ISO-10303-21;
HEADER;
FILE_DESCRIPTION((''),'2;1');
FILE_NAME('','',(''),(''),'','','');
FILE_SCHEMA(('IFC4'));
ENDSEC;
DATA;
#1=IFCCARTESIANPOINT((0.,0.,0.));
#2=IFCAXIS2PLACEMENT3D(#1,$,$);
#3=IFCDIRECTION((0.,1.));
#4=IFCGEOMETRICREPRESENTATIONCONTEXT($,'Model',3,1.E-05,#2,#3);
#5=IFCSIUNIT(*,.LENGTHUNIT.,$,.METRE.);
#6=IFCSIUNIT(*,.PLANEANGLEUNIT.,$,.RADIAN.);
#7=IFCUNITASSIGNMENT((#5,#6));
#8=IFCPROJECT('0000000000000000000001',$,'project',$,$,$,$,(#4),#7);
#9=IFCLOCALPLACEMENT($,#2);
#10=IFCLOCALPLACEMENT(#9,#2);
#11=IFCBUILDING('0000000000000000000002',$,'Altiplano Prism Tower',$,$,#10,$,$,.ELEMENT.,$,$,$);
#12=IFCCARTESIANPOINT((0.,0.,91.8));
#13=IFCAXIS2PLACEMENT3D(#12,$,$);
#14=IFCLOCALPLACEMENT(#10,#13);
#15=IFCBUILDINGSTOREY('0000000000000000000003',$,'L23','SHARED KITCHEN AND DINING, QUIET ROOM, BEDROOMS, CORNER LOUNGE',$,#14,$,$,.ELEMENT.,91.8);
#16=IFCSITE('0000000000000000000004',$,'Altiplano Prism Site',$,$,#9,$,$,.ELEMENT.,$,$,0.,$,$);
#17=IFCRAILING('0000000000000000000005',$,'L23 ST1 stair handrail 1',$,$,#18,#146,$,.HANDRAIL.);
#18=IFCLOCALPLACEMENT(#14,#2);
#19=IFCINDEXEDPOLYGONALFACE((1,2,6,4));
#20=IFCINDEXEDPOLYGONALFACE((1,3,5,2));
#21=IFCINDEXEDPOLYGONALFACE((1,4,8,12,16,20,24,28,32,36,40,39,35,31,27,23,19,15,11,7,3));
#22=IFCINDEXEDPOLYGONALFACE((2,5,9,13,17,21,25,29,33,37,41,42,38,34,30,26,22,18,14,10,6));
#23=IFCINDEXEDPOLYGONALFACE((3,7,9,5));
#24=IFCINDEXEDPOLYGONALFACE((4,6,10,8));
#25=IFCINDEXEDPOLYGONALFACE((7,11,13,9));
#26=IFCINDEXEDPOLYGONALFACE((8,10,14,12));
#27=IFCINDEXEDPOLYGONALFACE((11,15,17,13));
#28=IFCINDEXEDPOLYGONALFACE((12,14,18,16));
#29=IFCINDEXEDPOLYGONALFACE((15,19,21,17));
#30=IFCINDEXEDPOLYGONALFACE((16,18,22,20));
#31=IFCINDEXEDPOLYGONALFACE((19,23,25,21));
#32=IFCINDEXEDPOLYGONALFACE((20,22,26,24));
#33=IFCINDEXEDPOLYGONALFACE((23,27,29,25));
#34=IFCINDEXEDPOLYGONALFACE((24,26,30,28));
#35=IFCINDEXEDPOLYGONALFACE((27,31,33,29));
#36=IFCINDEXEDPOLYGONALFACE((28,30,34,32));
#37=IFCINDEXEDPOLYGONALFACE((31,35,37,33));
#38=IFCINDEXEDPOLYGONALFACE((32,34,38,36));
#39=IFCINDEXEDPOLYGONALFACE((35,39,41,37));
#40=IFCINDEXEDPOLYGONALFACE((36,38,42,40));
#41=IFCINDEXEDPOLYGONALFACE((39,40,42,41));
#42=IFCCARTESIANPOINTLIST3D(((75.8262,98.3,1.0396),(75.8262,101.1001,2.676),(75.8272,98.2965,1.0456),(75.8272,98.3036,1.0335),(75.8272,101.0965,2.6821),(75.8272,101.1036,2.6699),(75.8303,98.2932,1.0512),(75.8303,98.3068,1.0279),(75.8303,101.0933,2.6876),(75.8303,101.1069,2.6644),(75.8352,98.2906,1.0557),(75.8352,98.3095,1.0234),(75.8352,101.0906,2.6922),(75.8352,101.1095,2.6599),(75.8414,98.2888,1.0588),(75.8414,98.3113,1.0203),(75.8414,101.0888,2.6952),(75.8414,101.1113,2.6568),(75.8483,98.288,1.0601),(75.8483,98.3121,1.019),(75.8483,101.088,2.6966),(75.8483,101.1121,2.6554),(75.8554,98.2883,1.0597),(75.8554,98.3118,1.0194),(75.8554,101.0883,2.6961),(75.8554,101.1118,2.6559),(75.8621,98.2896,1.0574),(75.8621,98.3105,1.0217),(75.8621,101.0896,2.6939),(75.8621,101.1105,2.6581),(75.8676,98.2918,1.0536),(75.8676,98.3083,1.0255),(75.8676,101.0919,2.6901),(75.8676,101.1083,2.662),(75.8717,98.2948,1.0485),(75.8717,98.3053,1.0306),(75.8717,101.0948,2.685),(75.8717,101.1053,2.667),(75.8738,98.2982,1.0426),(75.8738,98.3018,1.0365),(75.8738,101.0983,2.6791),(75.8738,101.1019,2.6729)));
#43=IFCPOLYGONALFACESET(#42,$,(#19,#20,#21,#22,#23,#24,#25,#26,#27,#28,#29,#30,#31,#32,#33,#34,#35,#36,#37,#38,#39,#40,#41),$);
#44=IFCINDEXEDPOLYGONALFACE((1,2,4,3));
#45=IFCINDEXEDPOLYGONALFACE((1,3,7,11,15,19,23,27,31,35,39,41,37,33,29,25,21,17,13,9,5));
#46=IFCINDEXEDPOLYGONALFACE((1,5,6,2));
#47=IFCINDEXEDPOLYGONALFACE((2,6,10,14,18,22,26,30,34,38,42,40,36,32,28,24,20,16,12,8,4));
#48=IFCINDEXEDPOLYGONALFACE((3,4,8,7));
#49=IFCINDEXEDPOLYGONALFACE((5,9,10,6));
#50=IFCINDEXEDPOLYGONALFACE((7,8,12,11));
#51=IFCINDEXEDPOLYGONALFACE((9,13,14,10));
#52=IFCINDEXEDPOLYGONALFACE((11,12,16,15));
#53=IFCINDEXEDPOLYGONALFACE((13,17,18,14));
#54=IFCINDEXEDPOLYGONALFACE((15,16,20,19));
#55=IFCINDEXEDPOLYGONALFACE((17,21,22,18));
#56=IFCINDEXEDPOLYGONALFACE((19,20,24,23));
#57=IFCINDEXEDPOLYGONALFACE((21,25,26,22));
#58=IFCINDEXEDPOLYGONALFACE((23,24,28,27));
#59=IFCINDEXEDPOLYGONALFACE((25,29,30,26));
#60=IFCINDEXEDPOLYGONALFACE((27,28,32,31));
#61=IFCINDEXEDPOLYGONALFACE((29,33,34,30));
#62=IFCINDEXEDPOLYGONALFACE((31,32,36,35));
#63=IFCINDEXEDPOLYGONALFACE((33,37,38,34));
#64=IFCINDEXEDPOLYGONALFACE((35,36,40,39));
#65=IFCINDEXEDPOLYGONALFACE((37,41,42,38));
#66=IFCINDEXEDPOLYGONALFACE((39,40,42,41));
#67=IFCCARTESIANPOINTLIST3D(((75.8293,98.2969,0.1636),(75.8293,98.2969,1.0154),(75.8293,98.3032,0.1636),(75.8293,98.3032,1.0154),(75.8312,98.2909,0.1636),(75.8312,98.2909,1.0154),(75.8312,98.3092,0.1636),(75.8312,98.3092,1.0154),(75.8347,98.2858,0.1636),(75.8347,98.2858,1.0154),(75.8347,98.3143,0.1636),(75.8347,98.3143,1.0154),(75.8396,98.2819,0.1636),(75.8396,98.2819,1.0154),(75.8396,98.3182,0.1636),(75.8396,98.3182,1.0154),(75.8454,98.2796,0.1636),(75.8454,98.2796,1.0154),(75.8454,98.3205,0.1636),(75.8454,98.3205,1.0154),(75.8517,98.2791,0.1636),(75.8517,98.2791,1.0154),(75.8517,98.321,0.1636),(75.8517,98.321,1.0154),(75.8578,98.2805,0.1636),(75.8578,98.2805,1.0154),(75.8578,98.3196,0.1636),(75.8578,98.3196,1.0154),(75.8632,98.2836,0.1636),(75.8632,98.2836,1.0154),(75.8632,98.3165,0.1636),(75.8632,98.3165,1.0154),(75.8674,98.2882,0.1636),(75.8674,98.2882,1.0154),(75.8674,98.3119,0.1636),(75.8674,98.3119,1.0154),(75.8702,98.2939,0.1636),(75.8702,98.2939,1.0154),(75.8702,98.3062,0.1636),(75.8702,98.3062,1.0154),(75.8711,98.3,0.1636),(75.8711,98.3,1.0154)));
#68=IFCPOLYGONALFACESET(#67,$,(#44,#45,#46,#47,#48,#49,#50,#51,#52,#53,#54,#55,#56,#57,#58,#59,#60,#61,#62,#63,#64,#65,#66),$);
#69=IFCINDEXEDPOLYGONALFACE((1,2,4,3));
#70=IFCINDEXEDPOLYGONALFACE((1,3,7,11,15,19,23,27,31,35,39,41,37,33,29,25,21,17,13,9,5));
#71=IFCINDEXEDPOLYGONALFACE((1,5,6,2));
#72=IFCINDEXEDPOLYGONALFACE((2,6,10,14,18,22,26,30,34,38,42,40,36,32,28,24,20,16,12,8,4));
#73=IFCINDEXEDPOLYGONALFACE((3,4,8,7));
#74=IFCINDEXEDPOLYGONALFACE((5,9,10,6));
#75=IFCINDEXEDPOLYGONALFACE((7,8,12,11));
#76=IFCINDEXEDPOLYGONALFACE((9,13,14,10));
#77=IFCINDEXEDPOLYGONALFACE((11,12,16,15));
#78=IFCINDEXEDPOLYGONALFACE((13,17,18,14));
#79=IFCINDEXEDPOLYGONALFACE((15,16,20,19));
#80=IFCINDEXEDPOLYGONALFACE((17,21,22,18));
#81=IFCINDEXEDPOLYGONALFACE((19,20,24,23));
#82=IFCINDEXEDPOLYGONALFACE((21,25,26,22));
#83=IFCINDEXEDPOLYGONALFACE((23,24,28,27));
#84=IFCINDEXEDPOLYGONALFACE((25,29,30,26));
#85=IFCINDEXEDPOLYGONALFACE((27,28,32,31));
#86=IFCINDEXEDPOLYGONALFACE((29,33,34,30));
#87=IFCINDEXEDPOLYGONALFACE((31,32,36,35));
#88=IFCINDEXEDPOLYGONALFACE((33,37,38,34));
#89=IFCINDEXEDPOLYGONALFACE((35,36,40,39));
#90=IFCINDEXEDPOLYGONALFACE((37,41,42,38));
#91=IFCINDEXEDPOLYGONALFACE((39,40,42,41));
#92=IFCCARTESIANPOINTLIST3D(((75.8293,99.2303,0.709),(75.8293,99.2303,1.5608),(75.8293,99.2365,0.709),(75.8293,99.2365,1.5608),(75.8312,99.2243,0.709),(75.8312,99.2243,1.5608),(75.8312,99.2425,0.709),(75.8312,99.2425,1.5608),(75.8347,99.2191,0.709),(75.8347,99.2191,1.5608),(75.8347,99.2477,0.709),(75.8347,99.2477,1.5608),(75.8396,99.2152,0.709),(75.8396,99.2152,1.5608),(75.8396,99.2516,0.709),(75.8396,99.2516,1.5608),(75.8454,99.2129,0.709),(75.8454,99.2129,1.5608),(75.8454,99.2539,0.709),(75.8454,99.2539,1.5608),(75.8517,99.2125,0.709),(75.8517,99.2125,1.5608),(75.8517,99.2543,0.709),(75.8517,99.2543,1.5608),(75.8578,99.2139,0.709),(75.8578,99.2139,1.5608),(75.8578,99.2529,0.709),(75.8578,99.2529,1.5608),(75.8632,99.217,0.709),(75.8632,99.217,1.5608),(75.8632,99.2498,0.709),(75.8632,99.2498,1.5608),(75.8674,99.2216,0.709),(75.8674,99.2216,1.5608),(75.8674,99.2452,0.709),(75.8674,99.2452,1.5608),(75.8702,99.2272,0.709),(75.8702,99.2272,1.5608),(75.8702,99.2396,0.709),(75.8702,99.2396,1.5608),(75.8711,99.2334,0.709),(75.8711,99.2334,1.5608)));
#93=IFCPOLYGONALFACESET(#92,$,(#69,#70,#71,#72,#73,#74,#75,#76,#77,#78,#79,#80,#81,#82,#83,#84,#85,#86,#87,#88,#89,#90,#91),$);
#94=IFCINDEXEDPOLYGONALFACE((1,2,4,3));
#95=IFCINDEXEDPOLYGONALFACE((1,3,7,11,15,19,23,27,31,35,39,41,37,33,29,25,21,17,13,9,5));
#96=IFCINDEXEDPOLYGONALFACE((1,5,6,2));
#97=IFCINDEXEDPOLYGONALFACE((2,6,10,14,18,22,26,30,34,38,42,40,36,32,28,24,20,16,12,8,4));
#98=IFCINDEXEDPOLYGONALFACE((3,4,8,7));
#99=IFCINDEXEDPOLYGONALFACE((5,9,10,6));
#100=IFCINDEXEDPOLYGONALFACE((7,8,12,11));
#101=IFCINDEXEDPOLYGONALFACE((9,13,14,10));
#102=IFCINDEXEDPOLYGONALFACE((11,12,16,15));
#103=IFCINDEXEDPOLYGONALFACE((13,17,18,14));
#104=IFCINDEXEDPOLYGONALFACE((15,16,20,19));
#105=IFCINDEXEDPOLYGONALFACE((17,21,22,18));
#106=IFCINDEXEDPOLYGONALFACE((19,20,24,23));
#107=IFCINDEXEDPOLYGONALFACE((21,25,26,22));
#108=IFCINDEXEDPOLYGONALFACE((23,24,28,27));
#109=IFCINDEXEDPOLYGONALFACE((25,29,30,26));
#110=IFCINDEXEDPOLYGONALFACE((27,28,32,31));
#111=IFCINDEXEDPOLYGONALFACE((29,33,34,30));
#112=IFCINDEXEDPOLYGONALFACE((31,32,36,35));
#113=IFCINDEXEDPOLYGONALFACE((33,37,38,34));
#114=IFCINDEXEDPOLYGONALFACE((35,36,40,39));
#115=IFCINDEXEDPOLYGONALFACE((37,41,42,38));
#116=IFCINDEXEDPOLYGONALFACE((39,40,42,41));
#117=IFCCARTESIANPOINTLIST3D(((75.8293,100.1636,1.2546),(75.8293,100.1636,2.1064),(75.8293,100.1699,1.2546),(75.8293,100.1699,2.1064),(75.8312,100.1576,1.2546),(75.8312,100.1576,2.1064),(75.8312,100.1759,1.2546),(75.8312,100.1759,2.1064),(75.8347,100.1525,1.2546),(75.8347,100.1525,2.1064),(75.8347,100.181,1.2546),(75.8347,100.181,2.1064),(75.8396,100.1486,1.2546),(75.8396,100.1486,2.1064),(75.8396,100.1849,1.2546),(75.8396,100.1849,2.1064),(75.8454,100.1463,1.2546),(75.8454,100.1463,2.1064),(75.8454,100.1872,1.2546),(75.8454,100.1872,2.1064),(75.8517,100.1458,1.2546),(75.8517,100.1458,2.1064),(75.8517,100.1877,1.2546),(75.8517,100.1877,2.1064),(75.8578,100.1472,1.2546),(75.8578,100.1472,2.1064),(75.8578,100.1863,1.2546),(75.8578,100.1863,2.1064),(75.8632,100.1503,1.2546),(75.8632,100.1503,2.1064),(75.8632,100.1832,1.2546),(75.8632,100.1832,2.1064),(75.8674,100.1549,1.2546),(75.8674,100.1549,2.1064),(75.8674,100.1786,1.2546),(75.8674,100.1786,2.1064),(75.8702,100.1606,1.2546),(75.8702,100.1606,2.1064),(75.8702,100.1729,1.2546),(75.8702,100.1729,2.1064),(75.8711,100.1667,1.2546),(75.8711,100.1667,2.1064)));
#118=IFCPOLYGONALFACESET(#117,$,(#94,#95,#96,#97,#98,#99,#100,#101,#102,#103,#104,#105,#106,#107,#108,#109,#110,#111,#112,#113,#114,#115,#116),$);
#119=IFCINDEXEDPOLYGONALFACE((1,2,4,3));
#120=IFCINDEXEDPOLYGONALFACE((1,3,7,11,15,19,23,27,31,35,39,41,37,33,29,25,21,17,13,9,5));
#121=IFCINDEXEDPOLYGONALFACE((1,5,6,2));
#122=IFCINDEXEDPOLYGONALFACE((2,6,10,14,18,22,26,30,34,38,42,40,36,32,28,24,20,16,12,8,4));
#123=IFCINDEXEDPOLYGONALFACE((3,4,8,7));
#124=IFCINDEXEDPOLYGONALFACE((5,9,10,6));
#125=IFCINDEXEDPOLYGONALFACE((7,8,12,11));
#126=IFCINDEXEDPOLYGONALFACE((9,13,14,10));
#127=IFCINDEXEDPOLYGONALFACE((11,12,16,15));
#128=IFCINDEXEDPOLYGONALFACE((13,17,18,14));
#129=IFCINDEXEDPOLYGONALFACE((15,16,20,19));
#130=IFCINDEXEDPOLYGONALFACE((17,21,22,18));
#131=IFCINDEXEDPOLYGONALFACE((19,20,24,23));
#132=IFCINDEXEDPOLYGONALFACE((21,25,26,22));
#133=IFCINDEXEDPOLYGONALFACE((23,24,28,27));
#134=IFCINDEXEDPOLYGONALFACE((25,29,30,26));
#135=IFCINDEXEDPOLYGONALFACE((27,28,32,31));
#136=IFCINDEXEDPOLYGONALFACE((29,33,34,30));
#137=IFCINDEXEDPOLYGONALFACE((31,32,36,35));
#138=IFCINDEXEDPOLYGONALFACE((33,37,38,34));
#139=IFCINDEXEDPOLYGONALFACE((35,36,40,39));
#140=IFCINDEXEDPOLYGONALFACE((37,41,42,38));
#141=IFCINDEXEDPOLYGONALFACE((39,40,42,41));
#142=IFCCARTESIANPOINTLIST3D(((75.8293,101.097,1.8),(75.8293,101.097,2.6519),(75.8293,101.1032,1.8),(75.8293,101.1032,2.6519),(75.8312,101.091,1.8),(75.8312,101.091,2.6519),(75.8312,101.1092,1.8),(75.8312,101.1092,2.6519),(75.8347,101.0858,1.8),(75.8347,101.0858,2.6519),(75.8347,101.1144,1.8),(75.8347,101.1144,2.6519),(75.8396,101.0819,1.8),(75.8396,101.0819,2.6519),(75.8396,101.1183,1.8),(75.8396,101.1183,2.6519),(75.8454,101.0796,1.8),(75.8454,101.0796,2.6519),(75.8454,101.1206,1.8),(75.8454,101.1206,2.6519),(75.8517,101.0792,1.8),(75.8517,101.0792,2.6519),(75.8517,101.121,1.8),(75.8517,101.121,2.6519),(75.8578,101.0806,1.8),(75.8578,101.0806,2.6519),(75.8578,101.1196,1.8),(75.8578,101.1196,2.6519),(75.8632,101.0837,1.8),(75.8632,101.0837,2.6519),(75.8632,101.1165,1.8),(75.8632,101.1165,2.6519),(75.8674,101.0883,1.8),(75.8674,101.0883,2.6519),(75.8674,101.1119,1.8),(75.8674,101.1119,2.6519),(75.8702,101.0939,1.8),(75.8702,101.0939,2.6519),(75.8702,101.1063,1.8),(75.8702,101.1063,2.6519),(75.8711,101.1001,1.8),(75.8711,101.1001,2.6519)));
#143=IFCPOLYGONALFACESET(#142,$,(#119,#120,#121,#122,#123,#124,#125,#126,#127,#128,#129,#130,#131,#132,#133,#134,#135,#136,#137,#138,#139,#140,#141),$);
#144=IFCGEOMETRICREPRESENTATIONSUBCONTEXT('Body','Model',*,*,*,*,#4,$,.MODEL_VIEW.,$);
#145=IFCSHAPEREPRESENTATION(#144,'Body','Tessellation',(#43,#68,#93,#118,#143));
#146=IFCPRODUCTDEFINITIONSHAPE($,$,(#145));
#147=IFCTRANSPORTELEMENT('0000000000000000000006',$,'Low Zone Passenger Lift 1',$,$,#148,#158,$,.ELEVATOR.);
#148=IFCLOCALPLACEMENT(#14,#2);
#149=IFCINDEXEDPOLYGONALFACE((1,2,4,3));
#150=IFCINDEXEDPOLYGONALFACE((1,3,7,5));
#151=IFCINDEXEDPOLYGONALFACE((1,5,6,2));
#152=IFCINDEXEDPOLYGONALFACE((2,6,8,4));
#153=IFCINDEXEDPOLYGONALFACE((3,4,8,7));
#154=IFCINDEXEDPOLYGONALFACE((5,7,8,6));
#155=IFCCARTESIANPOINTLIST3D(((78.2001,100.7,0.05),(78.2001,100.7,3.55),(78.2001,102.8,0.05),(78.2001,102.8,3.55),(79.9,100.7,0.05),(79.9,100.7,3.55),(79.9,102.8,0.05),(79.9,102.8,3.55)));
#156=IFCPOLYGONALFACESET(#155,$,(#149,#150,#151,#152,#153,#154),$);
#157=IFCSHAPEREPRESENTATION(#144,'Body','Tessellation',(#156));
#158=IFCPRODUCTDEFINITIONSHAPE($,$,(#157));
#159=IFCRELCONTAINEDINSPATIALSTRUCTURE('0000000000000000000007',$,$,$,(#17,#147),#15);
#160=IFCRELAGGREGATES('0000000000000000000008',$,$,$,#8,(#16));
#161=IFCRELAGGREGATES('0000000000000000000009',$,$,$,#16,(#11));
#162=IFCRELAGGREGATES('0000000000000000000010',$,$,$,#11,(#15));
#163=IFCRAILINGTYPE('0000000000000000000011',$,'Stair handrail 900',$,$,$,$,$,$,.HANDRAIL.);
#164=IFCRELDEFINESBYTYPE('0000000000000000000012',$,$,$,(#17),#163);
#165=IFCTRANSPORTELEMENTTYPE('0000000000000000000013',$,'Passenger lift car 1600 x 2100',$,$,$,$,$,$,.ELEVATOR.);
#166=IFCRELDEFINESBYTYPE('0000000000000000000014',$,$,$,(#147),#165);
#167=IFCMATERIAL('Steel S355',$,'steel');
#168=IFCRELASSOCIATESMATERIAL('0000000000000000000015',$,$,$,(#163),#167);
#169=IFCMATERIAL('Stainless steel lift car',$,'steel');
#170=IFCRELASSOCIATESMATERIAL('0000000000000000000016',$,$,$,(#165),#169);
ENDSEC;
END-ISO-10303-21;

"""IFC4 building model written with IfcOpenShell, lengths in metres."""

from ifc_helpers import new_model, si_unit, direction, frame, origin, origin_2d, place, context, subcontext, project, spatial, rectangle, circle, extrude, material, type_object, element, save


model = new_model("IFC4")

# Units and contexts
model_context = context("Model", 3, precision=1e-05, world=origin(), true_north=direction((0.0, 1.0)))
body_context = subcontext(model_context, "Body", "Model", "MODEL_VIEW")
ifc_project = project(units=[si_unit("LENGTHUNIT", "METRE"), si_unit("PLANEANGLEUNIT", "RADIAN")], contexts=[model_context])

# Site, building, storey
site_placement = place(None, origin())
site = spatial("IfcSite", under=ifc_project, at=site_placement, Name="Altiplano Prism Site", CompositionType="ELEMENT", RefElevation=0.0)
building_placement = place(site_placement, origin())
building = spatial("IfcBuilding", under=site, at=building_placement, Name="Altiplano Prism Tower", CompositionType="ELEMENT")
storey_placement = place(building_placement, frame((0.0, 0.0, 91.8)))
storey = spatial("IfcBuildingStorey", under=building, at=storey_placement, Name="L23", Description="SHARED KITCHEN AND DINING, QUIET ROOM, BEDROOMS, CORNER LOUNGE", CompositionType="ELEMENT", Elevation=91.8)

# Railing
ifc_material_1 = material(Name="Steel S355", Category="steel")
railing_type = type_object("IfcRailingType", Name="Stair handrail 900", PredefinedType="HANDRAIL", material=ifc_material_1)
railing_placement = place(storey_placement, frame((75.8501, 98.3, 0.1636)))
element("IfcRailing", 1, at=railing_placement, inside=storey, type_object=railing_type, Name="L23 ST1 stair handrail 1", PredefinedType="HANDRAIL", context=body_context, shape_type="SweptSolid", body=[
    extrude(circle(Radius=0.0239, at=origin_2d()), frame((0.0, 0.0, 0.876), z_axis=(0.0, 0.863361, 0.504587), x_axis=(-1.0, 0.0, 0.0)), (0.0, 0.0, 1.0), 3.2432),
    extrude(circle(Radius=0.021, at=origin_2d()), origin(), (0.0, 0.0, 1.0), 0.8518),
    extrude(circle(Radius=0.021, at=origin_2d()), frame((0.0, 0.9333, 0.5454)), (0.0, 0.0, 1.0), 0.8518),
    extrude(circle(Radius=0.021, at=origin_2d()), frame((0.0, 1.8667, 1.0911)), (0.0, 0.0, 1.0), 0.8518),
    extrude(circle(Radius=0.021, at=origin_2d()), frame((0.0, 2.8, 1.6365)), (0.0, 0.0, 1.0), 0.8518),
])

# Transport element
ifc_material_2 = material(Name="Stainless steel lift car", Category="steel")
transport_element_type = type_object("IfcTransportElementType", Name="Passenger lift car 1600 x 2100", PredefinedType="ELEVATOR", material=ifc_material_2)
transport_element_placement = place(storey_placement, frame((79.05, 101.75, 0.05), z_axis=(0.0, 0.0, 1.0), x_axis=(1.0, 0.0, 0.0)))
element("IfcTransportElement", 2, at=transport_element_placement, inside=storey, type_object=transport_element_type, Name="Low Zone Passenger Lift 1", PredefinedType="ELEVATOR", context=body_context, shape_type="SweptSolid", body=[
    extrude(rectangle(XDim=1.7, YDim=2.1001, at=origin_2d()), origin(), (0.0, 0.0, 1.0), 3.5),
])

save(model, "model.ifc")
